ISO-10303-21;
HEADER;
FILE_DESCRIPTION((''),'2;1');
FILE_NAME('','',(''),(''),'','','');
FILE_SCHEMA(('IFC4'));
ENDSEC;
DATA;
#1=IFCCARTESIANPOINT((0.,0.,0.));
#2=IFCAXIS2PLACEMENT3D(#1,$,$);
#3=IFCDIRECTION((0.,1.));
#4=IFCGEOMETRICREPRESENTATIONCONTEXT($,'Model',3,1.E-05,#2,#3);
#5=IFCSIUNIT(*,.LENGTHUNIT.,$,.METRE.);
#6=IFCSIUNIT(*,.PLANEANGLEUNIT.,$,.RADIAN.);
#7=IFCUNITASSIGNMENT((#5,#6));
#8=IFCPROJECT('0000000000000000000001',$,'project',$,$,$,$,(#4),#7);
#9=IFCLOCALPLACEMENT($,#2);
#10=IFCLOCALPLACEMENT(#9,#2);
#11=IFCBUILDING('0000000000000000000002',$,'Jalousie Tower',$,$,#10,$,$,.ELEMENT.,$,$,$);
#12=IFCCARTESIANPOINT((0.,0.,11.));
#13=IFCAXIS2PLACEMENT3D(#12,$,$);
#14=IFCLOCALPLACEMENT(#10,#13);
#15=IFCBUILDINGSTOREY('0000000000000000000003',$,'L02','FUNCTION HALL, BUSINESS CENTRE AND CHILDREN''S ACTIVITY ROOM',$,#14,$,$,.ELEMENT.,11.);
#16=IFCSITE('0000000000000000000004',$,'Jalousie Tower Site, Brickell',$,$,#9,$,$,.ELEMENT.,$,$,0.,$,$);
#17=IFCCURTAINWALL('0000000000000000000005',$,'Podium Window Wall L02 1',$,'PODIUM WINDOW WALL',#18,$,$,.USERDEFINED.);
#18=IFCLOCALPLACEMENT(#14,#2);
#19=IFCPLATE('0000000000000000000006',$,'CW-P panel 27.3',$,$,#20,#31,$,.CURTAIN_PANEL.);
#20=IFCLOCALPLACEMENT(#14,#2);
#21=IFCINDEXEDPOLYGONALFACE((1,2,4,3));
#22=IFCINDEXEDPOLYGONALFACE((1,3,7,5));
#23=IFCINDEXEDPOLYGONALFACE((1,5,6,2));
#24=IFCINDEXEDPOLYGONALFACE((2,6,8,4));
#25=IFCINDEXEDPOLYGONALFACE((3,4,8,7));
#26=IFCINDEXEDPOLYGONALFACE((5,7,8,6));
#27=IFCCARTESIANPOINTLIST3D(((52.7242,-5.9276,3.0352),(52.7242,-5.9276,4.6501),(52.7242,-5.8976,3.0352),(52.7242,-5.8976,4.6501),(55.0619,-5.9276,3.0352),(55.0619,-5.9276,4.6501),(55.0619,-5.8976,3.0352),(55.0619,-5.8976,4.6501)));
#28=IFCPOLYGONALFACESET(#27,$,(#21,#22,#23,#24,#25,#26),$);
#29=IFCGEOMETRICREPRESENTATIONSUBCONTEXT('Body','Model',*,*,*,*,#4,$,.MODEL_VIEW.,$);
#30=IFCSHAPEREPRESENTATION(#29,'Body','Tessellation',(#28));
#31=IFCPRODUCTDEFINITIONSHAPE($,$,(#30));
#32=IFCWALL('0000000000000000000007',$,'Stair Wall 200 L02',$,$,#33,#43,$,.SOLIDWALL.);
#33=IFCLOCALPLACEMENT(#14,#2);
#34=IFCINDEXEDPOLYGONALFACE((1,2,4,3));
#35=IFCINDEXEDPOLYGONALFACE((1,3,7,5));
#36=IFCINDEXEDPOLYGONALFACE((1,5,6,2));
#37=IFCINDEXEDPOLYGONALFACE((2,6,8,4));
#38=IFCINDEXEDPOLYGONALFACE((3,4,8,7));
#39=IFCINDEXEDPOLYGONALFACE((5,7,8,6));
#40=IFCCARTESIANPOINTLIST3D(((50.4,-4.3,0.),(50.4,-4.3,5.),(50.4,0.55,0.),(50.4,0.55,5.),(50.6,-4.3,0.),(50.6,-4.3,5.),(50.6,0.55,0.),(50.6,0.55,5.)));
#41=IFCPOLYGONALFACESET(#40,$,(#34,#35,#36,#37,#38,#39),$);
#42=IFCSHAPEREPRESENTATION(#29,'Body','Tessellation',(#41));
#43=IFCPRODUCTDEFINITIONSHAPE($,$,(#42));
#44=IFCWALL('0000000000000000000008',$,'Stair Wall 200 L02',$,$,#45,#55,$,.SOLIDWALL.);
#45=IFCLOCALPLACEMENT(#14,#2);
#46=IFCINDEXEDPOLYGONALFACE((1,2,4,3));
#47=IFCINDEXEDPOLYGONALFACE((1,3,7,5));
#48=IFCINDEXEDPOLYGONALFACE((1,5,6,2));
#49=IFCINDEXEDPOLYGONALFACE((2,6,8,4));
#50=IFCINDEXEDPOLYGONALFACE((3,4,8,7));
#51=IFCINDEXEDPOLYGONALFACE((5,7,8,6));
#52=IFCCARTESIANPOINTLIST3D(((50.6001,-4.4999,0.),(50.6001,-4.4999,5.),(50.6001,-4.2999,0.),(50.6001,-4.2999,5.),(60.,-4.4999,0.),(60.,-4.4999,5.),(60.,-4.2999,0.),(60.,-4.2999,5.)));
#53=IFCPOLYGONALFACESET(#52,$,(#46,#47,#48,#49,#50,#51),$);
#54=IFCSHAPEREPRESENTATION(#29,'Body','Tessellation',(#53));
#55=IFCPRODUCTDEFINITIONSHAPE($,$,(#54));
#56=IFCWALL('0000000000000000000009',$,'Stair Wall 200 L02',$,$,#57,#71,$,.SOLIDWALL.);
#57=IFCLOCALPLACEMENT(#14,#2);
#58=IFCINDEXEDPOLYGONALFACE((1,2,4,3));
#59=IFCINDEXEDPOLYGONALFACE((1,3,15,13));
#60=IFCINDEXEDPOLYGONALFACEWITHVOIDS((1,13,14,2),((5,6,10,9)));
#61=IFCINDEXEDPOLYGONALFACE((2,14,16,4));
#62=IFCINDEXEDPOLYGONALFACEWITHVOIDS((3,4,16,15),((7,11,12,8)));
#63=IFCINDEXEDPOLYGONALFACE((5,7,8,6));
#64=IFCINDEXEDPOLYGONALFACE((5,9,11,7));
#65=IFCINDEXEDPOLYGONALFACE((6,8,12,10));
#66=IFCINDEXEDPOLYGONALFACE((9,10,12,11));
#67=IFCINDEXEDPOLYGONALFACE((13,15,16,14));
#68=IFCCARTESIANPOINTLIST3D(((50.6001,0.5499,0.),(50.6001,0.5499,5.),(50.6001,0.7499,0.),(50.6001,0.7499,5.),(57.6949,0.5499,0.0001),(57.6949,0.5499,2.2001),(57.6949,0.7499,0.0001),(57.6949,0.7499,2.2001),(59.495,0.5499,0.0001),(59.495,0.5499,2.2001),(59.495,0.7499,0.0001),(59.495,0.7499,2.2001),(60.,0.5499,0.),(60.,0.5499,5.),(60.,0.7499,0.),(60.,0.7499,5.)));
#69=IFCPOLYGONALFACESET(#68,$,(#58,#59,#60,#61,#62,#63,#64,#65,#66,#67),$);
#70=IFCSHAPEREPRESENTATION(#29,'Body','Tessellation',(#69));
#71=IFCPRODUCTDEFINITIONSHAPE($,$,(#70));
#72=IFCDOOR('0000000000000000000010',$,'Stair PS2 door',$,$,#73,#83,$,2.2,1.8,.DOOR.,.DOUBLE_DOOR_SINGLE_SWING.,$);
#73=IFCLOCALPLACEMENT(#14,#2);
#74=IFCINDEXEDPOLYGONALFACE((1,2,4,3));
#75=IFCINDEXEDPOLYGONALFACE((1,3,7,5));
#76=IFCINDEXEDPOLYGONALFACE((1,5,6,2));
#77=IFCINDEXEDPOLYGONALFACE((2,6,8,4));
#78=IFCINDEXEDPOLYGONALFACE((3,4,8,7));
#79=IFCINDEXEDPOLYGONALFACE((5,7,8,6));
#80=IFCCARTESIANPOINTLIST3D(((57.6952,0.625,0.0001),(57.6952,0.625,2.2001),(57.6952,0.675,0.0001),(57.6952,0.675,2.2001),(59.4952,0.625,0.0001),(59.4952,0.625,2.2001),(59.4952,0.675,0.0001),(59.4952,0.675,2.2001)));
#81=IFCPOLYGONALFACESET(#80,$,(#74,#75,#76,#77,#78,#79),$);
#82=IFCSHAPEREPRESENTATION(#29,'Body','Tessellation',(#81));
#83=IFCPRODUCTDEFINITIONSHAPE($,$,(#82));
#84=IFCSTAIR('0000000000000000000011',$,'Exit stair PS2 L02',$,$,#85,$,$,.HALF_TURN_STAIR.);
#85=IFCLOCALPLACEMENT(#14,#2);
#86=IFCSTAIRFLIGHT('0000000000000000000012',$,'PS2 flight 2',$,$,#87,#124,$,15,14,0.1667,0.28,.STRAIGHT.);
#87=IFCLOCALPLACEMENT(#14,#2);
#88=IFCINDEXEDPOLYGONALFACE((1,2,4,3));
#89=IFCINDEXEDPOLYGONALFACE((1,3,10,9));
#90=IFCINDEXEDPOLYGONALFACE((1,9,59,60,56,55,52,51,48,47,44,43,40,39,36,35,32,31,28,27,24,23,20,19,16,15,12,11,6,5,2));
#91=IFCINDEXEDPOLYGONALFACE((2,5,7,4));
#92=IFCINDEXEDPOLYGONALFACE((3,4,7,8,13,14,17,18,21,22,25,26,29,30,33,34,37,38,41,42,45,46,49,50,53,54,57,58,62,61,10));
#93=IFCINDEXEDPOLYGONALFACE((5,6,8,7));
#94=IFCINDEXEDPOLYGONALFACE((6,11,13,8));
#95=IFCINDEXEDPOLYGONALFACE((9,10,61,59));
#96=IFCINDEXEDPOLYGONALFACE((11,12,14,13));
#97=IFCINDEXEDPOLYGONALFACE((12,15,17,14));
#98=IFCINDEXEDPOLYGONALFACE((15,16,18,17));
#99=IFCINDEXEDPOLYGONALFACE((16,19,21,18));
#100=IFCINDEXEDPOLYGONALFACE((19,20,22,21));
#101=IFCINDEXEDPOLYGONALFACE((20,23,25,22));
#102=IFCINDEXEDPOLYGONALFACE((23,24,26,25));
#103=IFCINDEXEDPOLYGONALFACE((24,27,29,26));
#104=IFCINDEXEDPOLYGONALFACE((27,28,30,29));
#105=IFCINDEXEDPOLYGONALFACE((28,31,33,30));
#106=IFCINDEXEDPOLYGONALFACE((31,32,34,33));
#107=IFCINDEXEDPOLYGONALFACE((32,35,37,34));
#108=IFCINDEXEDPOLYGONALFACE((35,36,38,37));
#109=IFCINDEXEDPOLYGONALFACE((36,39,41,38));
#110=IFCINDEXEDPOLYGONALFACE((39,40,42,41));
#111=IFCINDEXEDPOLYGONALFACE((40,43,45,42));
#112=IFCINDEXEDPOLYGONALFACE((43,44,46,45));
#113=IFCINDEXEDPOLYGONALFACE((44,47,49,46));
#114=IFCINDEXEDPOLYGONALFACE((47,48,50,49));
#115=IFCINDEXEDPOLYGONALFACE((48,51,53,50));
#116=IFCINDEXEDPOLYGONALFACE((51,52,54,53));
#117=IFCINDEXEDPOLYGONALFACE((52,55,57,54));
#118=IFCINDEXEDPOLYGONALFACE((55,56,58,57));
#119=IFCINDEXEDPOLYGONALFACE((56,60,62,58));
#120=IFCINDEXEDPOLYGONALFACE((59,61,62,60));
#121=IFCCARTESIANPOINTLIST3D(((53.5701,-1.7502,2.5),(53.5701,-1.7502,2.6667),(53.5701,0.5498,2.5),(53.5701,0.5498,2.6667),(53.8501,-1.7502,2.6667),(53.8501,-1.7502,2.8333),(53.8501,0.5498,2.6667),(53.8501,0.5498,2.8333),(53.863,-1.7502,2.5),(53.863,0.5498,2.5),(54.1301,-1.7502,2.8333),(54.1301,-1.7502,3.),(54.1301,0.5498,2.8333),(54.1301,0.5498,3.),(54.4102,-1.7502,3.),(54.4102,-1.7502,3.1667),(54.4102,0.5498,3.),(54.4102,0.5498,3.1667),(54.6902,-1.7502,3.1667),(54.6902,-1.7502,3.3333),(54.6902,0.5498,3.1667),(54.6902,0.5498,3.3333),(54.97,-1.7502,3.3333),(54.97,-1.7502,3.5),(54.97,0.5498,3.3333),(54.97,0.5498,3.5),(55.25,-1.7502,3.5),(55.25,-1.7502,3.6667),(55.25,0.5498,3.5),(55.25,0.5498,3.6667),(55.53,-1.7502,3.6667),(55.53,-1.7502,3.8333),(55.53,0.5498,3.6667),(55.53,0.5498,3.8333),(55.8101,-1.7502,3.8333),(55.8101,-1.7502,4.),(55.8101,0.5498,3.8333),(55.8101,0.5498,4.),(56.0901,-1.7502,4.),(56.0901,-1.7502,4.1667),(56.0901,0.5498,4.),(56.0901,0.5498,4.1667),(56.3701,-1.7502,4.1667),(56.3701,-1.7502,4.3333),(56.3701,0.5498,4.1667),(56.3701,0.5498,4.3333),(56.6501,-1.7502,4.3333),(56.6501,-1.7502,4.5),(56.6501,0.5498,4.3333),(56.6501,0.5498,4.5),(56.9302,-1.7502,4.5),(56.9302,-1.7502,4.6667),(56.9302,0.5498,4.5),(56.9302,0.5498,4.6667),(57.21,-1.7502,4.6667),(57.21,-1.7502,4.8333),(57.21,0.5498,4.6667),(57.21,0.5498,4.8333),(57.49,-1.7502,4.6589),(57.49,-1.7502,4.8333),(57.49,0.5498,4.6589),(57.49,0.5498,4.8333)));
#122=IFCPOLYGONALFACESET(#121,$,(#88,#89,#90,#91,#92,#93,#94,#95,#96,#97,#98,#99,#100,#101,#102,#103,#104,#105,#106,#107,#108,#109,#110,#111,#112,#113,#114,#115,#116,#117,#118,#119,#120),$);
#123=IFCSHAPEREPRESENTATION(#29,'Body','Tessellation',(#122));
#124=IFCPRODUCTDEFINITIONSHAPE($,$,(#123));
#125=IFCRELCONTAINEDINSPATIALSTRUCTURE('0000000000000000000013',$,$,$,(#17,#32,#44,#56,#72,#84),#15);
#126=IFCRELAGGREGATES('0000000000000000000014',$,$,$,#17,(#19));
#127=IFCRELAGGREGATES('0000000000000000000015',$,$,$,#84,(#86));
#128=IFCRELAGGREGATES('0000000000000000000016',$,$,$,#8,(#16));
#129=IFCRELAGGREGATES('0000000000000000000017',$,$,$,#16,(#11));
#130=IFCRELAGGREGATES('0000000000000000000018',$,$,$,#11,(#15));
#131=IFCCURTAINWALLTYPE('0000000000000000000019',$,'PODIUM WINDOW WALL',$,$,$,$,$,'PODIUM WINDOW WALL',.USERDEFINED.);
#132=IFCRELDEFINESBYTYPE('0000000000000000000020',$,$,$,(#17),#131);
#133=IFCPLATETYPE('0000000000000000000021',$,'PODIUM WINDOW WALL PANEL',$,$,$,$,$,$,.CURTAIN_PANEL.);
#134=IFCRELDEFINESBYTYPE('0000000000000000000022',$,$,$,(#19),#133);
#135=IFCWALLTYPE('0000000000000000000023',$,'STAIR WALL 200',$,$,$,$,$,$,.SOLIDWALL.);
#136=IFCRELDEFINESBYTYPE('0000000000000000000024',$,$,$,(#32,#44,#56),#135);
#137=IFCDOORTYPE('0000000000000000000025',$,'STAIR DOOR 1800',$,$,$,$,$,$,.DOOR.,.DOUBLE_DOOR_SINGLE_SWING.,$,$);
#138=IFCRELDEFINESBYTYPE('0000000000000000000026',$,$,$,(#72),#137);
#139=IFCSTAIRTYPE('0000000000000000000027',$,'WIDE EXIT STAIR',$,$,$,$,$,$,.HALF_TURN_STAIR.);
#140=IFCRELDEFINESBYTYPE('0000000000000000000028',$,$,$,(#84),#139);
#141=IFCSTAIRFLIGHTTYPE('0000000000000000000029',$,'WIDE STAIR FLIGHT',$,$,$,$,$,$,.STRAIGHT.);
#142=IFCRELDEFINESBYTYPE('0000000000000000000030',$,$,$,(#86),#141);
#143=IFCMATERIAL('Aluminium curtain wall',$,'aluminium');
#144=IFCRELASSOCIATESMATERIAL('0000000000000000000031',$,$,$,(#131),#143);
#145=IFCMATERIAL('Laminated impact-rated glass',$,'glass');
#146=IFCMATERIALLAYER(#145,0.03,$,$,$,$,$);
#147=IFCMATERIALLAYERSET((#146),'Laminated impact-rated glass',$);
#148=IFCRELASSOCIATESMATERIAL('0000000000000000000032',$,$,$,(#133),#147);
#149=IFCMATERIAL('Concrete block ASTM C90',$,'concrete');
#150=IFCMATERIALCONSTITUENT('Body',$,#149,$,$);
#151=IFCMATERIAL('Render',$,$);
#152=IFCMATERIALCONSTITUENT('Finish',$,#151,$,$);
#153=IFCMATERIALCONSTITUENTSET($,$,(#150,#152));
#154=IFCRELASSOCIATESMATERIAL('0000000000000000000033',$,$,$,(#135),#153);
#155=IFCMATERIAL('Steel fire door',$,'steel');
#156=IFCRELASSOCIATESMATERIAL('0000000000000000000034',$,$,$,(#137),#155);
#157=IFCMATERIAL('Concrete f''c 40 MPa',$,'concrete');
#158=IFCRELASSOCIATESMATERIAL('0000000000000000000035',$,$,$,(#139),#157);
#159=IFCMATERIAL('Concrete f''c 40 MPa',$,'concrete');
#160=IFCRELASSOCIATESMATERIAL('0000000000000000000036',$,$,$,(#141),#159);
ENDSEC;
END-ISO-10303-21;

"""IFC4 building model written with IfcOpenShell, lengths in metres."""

from ifc_helpers import new_model, si_unit, direction, frame, frame_2d, origin, origin_2d, place, context, subcontext, project, spatial, polyline, rectangle, outline, extrude, material, layer, layer_set, constituent, constituent_set, type_object, element, fill, aggregate, save


model = new_model("IFC4")

# Units and contexts
model_context = context("Model", 3, precision=1e-05, world=origin(), true_north=direction((0.0, 1.0)))
body_context = subcontext(model_context, "Body", "Model", "MODEL_VIEW")
ifc_project = project(units=[si_unit("LENGTHUNIT", "METRE"), si_unit("PLANEANGLEUNIT", "RADIAN")], contexts=[model_context])

# Site, building, storey
site_placement = place(None, origin())
site = spatial("IfcSite", under=ifc_project, at=site_placement, Name="Jalousie Tower Site, Brickell", CompositionType="ELEMENT", RefElevation=0.0)
building_placement = place(site_placement, origin())
building = spatial("IfcBuilding", under=site, at=building_placement, Name="Jalousie Tower", CompositionType="ELEMENT")
storey_placement = place(building_placement, frame((0.0, 0.0, 11.0)))
storey = spatial("IfcBuildingStorey", under=building, at=storey_placement, Name="L02", Description="FUNCTION HALL, BUSINESS CENTRE AND CHILDREN'S ACTIVITY ROOM", CompositionType="ELEMENT", Elevation=11.0)

# Curtain wall
ifc_material_1 = material(Name="Aluminium curtain wall", Category="aluminium")
curtain_wall_type = type_object("IfcCurtainWallType", Name="PODIUM WINDOW WALL", ElementType="PODIUM WINDOW WALL", PredefinedType="USERDEFINED", material=ifc_material_1)
curtain_wall_placement = place(storey_placement, origin())
curtain_wall = element("IfcCurtainWall", 1, at=curtain_wall_placement, inside=storey, type_object=curtain_wall_type, Name="Podium Window Wall L02 1", ObjectType="PODIUM WINDOW WALL", PredefinedType="USERDEFINED")

# Plate
ifc_material_2 = material(Name="Laminated impact-rated glass", Category="glass")
ifc_layer = layer(ifc_material_2, 0.03)
ifc_layer_set = layer_set([ifc_layer], Name="Laminated impact-rated glass")
plate_type = type_object("IfcPlateType", Name="PODIUM WINDOW WALL PANEL", PredefinedType="CURTAIN_PANEL", material=ifc_layer_set)
plate_1_placement = place(storey_placement, frame((53.8931, -5.9126, 3.0352), z_axis=(0.0, 0.0, 1.0), x_axis=(1.0, 0.0, 0.0)))
plate_1 = element("IfcPlate", 2, at=plate_1_placement, type_object=plate_type, Name="CW-P panel 27.3", PredefinedType="CURTAIN_PANEL", context=body_context, shape_type="SweptSolid", body=[
    extrude(rectangle(XDim=2.3376, YDim=0.03, at=origin_2d()), origin(), (0.0, 0.0, 1.0), 1.615),
])
aggregate(curtain_wall, [plate_1])

# Walls
ifc_material_3 = material(Name="Concrete block ASTM C90", Category="concrete")
ifc_constituent_1 = constituent(ifc_material_3, Name="Body")
ifc_material_4 = material(Name="Render")
ifc_constituent_2 = constituent(ifc_material_4, Name="Finish")
ifc_constituent_set_1 = constituent_set(constituents=[ifc_constituent_1, ifc_constituent_2])
wall_type = type_object("IfcWallType", Name="STAIR WALL 200", PredefinedType="SOLIDWALL", material=ifc_constituent_set_1)
wall_1_placement = place(storey_placement, frame((50.5, -4.3, 0.0), z_axis=(0.0, 0.0, 1.0), x_axis=(0.0, 1.0, 0.0)))
element("IfcWall", 3, at=wall_1_placement, inside=storey, type_object=wall_type, Name="Stair Wall 200 L02", PredefinedType="SOLIDWALL", context=body_context, shape_type="SweptSolid", body=[
    extrude(rectangle(XDim=4.8501, YDim=0.2, at=frame_2d((2.425, 0.0))), origin(), (0.0, 0.0, 1.0), 5.0),
])
wall_2_placement = place(storey_placement, frame((50.6001, -4.3999, 0.0), z_axis=(0.0, 0.0, 1.0), x_axis=(1.0, 0.0, 0.0)))
element("IfcWall", 4, at=wall_2_placement, inside=storey, type_object=wall_type, Name="Stair Wall 200 L02", PredefinedType="SOLIDWALL", context=body_context, shape_type="SweptSolid", body=[
    extrude(rectangle(XDim=9.3999, YDim=0.2, at=frame_2d((4.7, 0.0))), origin(), (0.0, 0.0, 1.0), 5.0),
])

# Wall, opening, door
wall_3_placement = place(storey_placement, frame((50.6001, 0.6499, 0.0), z_axis=(0.0, 0.0, 1.0), x_axis=(1.0, 0.0, 0.0)))
wall_3 = element("IfcWall", 5, at=wall_3_placement, inside=storey, type_object=wall_type, Name="Stair Wall 200 L02", PredefinedType="SOLIDWALL", context=body_context, shape_type="SweptSolid", body=[
    extrude(rectangle(XDim=9.3999, YDim=0.2, at=frame_2d((4.7, 0.0))), origin(), (0.0, 0.0, 1.0), 5.0),
])
opening_placement = place(wall_3_placement, frame((7.095, 0.0, 0.0)))
opening = element("IfcOpeningElement", 6, at=opening_placement, cuts=wall_3, PredefinedType="OPENING", context=body_context, shape_type="SweptSolid", body=[
    extrude(rectangle(XDim=1.8, YDim=2.2, at=frame_2d((0.8999, 1.1001))), frame((0.0, 0.1099, 0.0), z_axis=(0.0, -1.0, 0.0), x_axis=(1.0, 0.0, 0.0)), (0.0, 0.0, 1.0), 0.22),
])
ifc_material_5 = material(Name="Steel fire door", Category="steel")
door_type = type_object("IfcDoorType", Name="STAIR DOOR 1800", OperationType="DOUBLE_DOOR_SINGLE_SWING", PredefinedType="DOOR", material=ifc_material_5)
door_placement = place(opening_placement, frame((1.8, 0.0, 0.0), z_axis=(0.0, 0.0, 1.0), x_axis=(-1.0, 0.0, 0.0)))
door = element("IfcDoor", 7, at=door_placement, inside=storey, type_object=door_type, Name="Stair PS2 door", OperationType="DOUBLE_DOOR_SINGLE_SWING", OverallHeight=2.2, OverallWidth=1.8, PredefinedType="DOOR", context=body_context, shape_type="SweptSolid", body=[
    extrude(rectangle(XDim=1.8, YDim=2.2, at=frame_2d((0.8999, 1.1001))), frame((0.0, 0.0249, 0.0), z_axis=(0.0, -1.0, 0.0), x_axis=(1.0, 0.0, 0.0)), (0.0, 0.0, 1.0), 0.05),
])
fill(opening, door)

# Stair, stair flight
ifc_material_6 = material(Name="Concrete f'c 40 MPa", Category="concrete")
stair_type = type_object("IfcStairType", Name="WIDE EXIT STAIR", PredefinedType="HALF_TURN_STAIR", material=ifc_material_6)
stair_placement = place(storey_placement, origin())
stair = element("IfcStair", 8, at=stair_placement, inside=storey, type_object=stair_type, Name="Exit stair PS2 L02", PredefinedType="HALF_TURN_STAIR")
ifc_material_7 = material(Name="Concrete f'c 40 MPa", Category="concrete")
stair_flight_type = type_object("IfcStairFlightType", Name="WIDE STAIR FLIGHT", PredefinedType="STRAIGHT", material=ifc_material_7)
stair_flight_placement = place(storey_placement, frame((53.5701, -0.6001, 2.5), z_axis=(0.0, 0.0, 1.0), x_axis=(1.0, 0.0, 0.0)))
stair_flight = element("IfcStairFlight", 9, at=stair_flight_placement, type_object=stair_flight_type, Name="PS2 flight 2", NumberOfRisers=15, NumberOfTreads=14, PredefinedType="STRAIGHT", RiserHeight=0.1667, TreadLength=0.28, context=body_context, shape_type="SweptSolid", body=[
    extrude(outline(polyline([(0.0, 0.0), (0.0, 0.1667), (0.28, 0.1667), (0.28, 0.3333), (0.5601, 0.3333), (0.5601, 0.5), (0.8401, 0.5), (0.8401, 0.6667), (1.1201, 0.6667), (1.1201, 0.8333), (1.3999, 0.8333), (1.3999, 1.0), (1.6799, 1.0), (1.6799, 1.1667), (1.96, 1.1667), (1.96, 1.3333), (2.24, 1.3333), (2.24, 1.5), (2.52, 1.5), (2.52, 1.6667), (2.8, 1.6667), (2.8, 1.8333), (3.0801, 1.8333), (3.0801, 2.0), (3.3601, 2.0), (3.3601, 2.1667), (3.6399, 2.1667), (3.6399, 2.3333), (3.9199, 2.3333), (3.9199, 2.5), (3.9199, 2.1589), (0.293, 0.0), (0.0, 0.0)])), frame((0.0, 1.1499, 0.0), z_axis=(0.0, -1.0, 0.0), x_axis=(1.0, 0.0, 0.0)), (0.0, 0.0, 1.0), 2.3),
])
aggregate(stair, [stair_flight])

save(model, "model.ifc")
